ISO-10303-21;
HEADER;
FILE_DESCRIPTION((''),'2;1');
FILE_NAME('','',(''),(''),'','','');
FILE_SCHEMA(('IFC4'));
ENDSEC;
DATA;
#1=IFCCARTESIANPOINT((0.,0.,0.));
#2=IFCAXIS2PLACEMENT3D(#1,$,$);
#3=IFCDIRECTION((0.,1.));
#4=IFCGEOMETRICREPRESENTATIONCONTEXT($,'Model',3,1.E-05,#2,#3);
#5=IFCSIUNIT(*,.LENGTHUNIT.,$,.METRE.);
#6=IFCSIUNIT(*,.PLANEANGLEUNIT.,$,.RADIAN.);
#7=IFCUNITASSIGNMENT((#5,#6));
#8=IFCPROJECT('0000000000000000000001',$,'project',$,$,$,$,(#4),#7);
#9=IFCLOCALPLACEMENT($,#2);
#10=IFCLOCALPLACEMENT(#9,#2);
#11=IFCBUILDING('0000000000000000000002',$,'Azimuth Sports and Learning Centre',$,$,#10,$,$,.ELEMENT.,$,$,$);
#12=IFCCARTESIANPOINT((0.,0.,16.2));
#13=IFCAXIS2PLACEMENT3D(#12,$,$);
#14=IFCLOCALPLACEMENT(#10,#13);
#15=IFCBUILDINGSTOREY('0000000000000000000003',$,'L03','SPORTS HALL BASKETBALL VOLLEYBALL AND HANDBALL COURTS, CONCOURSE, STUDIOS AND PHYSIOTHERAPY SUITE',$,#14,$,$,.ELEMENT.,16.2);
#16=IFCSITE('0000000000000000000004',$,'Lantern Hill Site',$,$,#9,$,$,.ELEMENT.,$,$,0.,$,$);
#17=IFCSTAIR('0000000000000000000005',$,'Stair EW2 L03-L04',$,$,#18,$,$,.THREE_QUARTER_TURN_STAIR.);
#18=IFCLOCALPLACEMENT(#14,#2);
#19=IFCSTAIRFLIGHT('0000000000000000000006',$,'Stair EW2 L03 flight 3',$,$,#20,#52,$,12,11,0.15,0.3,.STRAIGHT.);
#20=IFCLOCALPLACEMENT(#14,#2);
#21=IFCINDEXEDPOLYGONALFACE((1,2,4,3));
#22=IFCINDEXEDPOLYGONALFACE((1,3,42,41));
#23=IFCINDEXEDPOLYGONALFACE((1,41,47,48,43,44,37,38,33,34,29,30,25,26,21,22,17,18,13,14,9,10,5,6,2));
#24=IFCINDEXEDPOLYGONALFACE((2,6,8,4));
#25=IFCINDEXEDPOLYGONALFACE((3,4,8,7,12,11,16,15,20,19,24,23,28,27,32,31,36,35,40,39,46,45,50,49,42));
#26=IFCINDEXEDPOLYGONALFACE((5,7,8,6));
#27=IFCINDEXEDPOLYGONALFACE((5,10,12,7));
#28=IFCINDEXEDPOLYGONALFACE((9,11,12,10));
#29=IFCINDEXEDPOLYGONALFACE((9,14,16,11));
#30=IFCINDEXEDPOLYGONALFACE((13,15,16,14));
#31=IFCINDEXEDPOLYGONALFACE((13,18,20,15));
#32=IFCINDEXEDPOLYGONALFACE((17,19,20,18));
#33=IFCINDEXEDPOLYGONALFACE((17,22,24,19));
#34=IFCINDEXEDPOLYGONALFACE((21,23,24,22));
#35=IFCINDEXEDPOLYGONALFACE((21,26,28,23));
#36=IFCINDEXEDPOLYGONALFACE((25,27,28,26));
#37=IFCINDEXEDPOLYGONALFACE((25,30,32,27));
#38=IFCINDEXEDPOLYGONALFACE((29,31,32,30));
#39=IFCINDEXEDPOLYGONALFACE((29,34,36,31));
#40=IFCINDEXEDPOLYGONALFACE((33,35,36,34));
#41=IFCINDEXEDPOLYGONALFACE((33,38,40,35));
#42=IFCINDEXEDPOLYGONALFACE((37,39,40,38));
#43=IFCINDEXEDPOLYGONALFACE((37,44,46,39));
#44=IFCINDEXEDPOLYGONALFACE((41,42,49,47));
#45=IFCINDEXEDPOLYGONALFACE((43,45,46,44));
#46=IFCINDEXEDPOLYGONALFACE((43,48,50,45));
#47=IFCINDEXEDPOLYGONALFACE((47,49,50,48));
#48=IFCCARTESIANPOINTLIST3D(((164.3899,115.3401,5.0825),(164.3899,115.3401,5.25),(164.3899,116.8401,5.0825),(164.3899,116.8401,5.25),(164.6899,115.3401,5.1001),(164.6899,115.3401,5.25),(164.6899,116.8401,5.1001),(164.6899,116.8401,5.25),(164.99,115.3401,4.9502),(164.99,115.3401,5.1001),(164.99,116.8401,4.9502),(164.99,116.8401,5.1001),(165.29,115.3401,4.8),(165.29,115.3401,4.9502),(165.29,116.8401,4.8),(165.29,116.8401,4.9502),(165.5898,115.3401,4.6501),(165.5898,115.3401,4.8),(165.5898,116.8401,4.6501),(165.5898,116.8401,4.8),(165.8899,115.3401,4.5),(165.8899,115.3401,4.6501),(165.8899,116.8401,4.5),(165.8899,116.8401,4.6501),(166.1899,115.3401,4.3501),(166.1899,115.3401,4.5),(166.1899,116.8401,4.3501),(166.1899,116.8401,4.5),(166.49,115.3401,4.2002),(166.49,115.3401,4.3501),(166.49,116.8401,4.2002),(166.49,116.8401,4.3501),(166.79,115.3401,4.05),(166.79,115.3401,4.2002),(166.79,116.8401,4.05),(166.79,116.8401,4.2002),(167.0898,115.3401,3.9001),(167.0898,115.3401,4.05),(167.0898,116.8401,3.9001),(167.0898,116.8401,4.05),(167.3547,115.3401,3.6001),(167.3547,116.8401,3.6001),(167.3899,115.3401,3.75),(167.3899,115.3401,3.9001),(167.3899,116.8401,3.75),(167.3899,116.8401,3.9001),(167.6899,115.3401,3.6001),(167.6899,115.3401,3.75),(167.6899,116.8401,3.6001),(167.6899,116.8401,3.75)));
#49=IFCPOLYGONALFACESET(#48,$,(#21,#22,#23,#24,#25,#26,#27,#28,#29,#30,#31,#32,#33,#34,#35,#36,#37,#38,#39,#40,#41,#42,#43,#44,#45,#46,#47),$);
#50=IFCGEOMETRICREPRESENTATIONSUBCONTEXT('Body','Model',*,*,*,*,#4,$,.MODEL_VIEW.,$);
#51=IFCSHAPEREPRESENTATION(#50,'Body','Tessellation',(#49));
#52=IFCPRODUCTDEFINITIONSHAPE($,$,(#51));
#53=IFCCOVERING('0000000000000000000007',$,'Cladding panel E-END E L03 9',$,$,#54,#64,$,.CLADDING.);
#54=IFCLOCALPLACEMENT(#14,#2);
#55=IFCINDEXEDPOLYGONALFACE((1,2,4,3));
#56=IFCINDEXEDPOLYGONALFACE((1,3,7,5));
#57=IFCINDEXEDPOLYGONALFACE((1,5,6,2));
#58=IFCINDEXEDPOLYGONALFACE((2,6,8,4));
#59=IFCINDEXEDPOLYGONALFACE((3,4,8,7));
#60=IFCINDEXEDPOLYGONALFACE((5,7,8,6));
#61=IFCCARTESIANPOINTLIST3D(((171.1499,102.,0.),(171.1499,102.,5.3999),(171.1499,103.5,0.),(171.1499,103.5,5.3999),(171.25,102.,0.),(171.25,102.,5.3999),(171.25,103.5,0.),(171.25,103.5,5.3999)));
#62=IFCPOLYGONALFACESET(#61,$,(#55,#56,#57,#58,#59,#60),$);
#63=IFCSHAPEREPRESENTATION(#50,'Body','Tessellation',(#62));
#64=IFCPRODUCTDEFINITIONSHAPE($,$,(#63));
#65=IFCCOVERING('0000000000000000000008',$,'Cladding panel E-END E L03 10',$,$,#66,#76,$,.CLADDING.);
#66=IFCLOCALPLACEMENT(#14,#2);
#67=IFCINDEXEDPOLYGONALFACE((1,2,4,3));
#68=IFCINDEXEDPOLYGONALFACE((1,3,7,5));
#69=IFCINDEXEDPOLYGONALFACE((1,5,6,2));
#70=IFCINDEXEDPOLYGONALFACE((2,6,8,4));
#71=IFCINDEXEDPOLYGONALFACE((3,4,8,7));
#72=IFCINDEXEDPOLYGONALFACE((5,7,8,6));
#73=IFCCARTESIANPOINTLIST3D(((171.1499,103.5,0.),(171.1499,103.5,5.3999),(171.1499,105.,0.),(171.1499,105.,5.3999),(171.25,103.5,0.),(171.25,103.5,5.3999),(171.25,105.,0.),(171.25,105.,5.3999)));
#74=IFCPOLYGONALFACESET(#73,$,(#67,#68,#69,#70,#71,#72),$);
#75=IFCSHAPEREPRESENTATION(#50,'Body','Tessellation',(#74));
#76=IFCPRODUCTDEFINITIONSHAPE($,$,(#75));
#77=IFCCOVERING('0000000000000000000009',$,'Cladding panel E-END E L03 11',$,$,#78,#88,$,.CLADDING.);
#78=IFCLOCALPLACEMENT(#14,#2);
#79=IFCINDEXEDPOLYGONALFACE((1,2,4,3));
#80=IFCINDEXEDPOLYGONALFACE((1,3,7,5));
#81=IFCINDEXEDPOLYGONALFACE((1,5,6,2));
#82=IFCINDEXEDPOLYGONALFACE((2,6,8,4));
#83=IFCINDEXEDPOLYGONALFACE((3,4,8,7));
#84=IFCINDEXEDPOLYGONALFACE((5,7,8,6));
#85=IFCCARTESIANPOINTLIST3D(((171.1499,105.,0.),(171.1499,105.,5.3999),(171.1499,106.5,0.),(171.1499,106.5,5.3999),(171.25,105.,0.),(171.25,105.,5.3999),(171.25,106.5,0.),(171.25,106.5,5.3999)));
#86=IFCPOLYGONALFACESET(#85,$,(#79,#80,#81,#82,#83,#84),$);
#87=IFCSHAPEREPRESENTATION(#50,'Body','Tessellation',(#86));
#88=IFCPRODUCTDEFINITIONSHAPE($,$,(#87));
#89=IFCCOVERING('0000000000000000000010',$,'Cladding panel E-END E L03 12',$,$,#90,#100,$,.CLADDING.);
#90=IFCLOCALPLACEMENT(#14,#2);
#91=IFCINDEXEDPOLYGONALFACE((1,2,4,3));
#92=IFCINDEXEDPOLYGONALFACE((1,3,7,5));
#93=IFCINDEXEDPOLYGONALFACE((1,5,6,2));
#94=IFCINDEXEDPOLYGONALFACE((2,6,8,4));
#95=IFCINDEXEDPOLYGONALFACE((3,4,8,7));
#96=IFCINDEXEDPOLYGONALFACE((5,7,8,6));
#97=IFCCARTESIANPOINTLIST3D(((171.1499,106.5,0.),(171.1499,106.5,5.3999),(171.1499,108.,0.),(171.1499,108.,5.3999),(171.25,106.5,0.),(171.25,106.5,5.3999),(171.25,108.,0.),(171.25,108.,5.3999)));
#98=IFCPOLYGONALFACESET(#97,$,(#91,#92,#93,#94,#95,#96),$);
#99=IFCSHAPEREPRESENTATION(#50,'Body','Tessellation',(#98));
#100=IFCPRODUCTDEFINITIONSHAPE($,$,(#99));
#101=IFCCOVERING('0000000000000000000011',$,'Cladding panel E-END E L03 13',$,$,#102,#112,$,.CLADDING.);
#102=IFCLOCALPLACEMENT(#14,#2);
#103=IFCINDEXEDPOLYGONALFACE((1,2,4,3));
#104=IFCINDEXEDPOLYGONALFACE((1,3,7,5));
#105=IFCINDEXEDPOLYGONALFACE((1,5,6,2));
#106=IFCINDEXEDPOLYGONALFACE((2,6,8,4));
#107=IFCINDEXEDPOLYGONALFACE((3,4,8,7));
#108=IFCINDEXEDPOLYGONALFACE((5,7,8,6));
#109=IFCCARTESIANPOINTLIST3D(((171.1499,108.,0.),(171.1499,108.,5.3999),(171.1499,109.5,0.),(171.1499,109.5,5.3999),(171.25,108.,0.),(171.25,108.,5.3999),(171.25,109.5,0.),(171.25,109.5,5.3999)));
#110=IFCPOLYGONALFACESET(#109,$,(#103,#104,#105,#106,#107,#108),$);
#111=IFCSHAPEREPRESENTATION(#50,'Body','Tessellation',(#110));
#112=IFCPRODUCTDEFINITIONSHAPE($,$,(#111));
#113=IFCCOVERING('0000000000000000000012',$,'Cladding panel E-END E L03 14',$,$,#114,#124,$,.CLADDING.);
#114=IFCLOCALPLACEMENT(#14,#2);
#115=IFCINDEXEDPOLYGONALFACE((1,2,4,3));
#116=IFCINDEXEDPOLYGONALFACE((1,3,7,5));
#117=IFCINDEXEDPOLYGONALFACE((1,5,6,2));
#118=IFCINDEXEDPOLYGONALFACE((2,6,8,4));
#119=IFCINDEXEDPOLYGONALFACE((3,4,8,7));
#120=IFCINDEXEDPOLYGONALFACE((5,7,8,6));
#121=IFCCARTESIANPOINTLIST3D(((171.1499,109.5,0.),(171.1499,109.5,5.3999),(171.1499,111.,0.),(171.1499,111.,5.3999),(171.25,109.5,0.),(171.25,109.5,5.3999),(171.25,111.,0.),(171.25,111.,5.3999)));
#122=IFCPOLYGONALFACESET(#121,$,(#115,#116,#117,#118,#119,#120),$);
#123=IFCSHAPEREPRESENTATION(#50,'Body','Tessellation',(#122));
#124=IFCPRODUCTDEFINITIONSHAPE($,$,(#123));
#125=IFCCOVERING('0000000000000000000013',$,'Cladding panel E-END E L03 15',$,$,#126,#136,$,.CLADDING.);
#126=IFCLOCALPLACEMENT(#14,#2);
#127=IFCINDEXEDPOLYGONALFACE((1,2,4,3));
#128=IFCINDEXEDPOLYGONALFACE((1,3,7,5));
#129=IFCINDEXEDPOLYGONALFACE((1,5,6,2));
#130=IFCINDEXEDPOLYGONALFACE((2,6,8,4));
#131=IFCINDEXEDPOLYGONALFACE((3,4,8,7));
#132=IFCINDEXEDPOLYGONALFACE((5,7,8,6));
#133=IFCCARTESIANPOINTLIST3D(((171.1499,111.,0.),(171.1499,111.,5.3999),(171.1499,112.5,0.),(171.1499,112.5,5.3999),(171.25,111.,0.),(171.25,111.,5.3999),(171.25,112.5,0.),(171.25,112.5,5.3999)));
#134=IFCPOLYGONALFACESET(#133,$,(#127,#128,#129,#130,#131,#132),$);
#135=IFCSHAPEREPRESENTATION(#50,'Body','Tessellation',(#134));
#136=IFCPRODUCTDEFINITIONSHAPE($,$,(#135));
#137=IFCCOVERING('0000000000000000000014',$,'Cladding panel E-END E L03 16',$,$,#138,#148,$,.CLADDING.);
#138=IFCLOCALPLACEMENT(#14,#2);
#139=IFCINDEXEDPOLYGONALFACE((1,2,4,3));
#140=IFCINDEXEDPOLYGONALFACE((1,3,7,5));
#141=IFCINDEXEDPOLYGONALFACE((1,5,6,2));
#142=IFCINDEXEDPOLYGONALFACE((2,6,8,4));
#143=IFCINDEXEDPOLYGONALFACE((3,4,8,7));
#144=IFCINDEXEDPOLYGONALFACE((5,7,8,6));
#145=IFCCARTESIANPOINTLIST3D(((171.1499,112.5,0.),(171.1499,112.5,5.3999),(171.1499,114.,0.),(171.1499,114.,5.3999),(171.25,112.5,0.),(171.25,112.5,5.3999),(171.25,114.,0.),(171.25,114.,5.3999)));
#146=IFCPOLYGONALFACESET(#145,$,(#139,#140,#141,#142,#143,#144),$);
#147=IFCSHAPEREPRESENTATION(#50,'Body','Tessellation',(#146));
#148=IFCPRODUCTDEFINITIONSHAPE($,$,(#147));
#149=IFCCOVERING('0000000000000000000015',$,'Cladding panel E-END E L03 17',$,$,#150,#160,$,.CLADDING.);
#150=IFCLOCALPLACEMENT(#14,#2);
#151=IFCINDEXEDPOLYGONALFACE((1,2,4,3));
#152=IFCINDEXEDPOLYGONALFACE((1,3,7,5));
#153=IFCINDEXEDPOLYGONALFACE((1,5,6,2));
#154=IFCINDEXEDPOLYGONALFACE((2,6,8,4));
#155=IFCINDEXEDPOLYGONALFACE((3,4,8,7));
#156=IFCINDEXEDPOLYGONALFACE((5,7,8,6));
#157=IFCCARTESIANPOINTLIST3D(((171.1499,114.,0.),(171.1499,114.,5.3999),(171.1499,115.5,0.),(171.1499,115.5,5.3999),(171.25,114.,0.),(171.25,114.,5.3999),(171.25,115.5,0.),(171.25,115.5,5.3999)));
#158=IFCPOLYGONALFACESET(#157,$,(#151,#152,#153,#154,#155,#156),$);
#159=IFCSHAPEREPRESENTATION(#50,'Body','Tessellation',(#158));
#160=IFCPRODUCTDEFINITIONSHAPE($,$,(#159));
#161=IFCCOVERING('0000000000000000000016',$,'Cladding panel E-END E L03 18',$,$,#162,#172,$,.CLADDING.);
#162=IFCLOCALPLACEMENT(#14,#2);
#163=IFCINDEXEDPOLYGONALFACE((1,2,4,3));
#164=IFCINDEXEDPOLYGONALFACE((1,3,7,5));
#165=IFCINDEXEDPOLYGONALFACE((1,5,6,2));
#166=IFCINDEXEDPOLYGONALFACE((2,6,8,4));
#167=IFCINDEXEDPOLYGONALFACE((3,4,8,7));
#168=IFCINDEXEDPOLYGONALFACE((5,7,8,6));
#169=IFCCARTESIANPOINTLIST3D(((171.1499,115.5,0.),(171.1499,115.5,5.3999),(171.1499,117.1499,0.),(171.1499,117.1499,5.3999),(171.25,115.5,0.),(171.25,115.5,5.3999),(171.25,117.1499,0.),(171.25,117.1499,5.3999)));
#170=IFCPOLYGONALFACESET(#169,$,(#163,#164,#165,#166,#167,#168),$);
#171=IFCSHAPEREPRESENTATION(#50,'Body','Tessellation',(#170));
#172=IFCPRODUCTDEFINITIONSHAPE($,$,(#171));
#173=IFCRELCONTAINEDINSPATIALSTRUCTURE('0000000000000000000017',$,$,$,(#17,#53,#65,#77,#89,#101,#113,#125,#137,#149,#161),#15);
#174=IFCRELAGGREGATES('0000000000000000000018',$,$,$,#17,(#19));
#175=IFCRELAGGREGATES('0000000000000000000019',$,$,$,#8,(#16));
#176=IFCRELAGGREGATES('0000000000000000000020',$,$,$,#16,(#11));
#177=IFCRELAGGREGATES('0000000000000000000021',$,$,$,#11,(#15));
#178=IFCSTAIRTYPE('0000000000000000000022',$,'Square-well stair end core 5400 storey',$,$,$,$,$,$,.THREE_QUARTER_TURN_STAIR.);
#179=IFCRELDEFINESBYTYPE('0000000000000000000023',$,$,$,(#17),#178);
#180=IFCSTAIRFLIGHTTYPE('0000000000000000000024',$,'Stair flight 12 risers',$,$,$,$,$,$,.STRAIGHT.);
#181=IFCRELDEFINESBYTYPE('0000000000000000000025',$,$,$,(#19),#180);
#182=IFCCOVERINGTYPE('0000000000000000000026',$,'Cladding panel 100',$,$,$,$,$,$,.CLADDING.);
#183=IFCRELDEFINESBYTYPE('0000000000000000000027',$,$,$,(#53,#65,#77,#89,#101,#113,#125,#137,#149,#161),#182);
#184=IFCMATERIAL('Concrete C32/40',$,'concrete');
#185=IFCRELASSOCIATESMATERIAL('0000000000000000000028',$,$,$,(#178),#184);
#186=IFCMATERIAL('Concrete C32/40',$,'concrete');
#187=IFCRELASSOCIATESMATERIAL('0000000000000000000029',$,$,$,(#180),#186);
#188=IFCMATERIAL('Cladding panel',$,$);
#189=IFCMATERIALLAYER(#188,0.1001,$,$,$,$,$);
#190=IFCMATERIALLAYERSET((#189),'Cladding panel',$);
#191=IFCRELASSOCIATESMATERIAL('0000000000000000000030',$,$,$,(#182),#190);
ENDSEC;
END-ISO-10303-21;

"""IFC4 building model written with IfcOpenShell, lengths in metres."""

from ifc_helpers import new_model, si_unit, direction, frame, origin, origin_2d, place, context, subcontext, project, spatial, polyline, rectangle, outline, extrude, material, layer, layer_set, type_object, element, aggregate, save


model = new_model("IFC4")

# Units and contexts
model_context = context("Model", 3, precision=1e-05, world=origin(), true_north=direction((0.0, 1.0)))
body_context = subcontext(model_context, "Body", "Model", "MODEL_VIEW")
ifc_project = project(units=[si_unit("LENGTHUNIT", "METRE"), si_unit("PLANEANGLEUNIT", "RADIAN")], contexts=[model_context])

# Site, building, storey
site_placement = place(None, origin())
site = spatial("IfcSite", under=ifc_project, at=site_placement, Name="Lantern Hill Site", CompositionType="ELEMENT", RefElevation=0.0)
building_placement = place(site_placement, origin())
building = spatial("IfcBuilding", under=site, at=building_placement, Name="Azimuth Sports and Learning Centre", CompositionType="ELEMENT")
storey_placement = place(building_placement, frame((0.0, 0.0, 16.2)))
storey = spatial("IfcBuildingStorey", under=building, at=storey_placement, Name="L03", Description="SPORTS HALL BASKETBALL VOLLEYBALL AND HANDBALL COURTS, CONCOURSE, STUDIOS AND PHYSIOTHERAPY SUITE", CompositionType="ELEMENT", Elevation=16.2)

# Stair, stair flight
ifc_material_1 = material(Name="Concrete C32/40", Category="concrete")
stair_type = type_object("IfcStairType", Name="Square-well stair end core 5400 storey", PredefinedType="THREE_QUARTER_TURN_STAIR", material=ifc_material_1)
stair_placement = place(storey_placement, origin())
stair = element("IfcStair", 1, at=stair_placement, inside=storey, type_object=stair_type, Name="Stair EW2 L03-L04", PredefinedType="THREE_QUARTER_TURN_STAIR")
ifc_material_2 = material(Name="Concrete C32/40", Category="concrete")
stair_flight_type = type_object("IfcStairFlightType", Name="Stair flight 12 risers", PredefinedType="STRAIGHT", material=ifc_material_2)
stair_flight_1_placement = place(storey_placement, frame((167.6899, 116.0901, 3.6001), z_axis=(0.0, 0.0, 1.0), x_axis=(-1.0, 0.0, 0.0)))
stair_flight_1 = element("IfcStairFlight", 2, at=stair_flight_1_placement, type_object=stair_flight_type, Name="Stair EW2 L03 flight 3", NumberOfRisers=12, NumberOfTreads=11, PredefinedType="STRAIGHT", RiserHeight=0.15, TreadLength=0.3, context=body_context, shape_type="SweptSolid", body=[
    extrude(outline(polyline([(0.0, 0.0), (0.0, 0.1499), (0.3, 0.1499), (0.3, 0.3), (0.6001, 0.3), (0.6001, 0.45), (0.8999, 0.45), (0.8999, 0.6001), (1.2, 0.6001), (1.2, 0.75), (1.5, 0.75), (1.5, 0.8999), (1.8, 0.8999), (1.8, 1.05), (2.1001, 1.05), (2.1001, 1.2), (2.3999, 1.2), (2.3999, 1.3501), (2.7, 1.3501), (2.7, 1.5), (3.0, 1.5), (3.0, 1.6499), (3.3, 1.6499), (3.3, 1.8), (3.3, 1.4824), (0.3352, 0.0), (0.0, 0.0)])), frame((0.0, 0.75, 0.0), z_axis=(0.0, -1.0, 0.0), x_axis=(1.0, 0.0, 0.0)), (0.0, 0.0, 1.0), 1.5),
])
aggregate(stair, [stair_flight_1])

# Coverings
ifc_material_3 = material(Name="Cladding panel")
ifc_layer_1 = layer(ifc_material_3, 0.1001)
ifc_layer_set_1 = layer_set([ifc_layer_1], Name="Cladding panel")
covering_type = type_object("IfcCoveringType", Name="Cladding panel 100", PredefinedType="CLADDING", material=ifc_layer_set_1)
for number, where, z_axis, x_axis, name in (
    (3, (171.2, 102.75, 0.0), (0.0, 0.0, 1.0), (0.0, 1.0, 0.0), "Cladding panel E-END E L03 9"),
    (4, (171.2, 104.25, 0.0), (0.0, 0.0, 1.0), (0.0, 1.0, 0.0), "Cladding panel E-END E L03 10"),
    (5, (171.2, 105.75, 0.0), (0.0, 0.0, 1.0), (0.0, 1.0, 0.0), "Cladding panel E-END E L03 11"),
    (6, (171.2, 107.25, 0.0), (0.0, 0.0, 1.0), (0.0, 1.0, 0.0), "Cladding panel E-END E L03 12"),
    (7, (171.2, 108.75, 0.0), (0.0, 0.0, 1.0), (0.0, 1.0, 0.0), "Cladding panel E-END E L03 13"),
    (8, (171.2, 110.25, 0.0), (0.0, 0.0, 1.0), (0.0, 1.0, 0.0), "Cladding panel E-END E L03 14"),
    (9, (171.2, 111.75, 0.0), (0.0, 0.0, 1.0), (0.0, 1.0, 0.0), "Cladding panel E-END E L03 15"),
    (10, (171.2, 113.25, 0.0), (0.0, 0.0, 1.0), (0.0, 1.0, 0.0), "Cladding panel E-END E L03 16"),
    (11, (171.2, 114.75, 0.0), (0.0, 0.0, 1.0), (0.0, 1.0, 0.0), "Cladding panel E-END E L03 17"),
):
    element("IfcCovering", number, at=place(storey_placement, frame(where, z_axis=z_axis, x_axis=x_axis)), inside=storey, type_object=covering_type, Name=name, PredefinedType="CLADDING", context=body_context, shape_type="SweptSolid", body=[
        extrude(rectangle(XDim=1.5, YDim=0.1001, at=origin_2d()), origin(), (0.0, 0.0, 1.0), 5.3999),
    ])
covering_placement = place(storey_placement, frame((171.2, 116.325, 0.0), z_axis=(0.0, 0.0, 1.0), x_axis=(0.0, 1.0, 0.0)))
element("IfcCovering", 12, at=covering_placement, inside=storey, type_object=covering_type, Name="Cladding panel E-END E L03 18", PredefinedType="CLADDING", context=body_context, shape_type="SweptSolid", body=[
    extrude(rectangle(XDim=1.6499, YDim=0.1001, at=origin_2d()), origin(), (0.0, 0.0, 1.0), 5.3999),
])

save(model, "model.ifc")
